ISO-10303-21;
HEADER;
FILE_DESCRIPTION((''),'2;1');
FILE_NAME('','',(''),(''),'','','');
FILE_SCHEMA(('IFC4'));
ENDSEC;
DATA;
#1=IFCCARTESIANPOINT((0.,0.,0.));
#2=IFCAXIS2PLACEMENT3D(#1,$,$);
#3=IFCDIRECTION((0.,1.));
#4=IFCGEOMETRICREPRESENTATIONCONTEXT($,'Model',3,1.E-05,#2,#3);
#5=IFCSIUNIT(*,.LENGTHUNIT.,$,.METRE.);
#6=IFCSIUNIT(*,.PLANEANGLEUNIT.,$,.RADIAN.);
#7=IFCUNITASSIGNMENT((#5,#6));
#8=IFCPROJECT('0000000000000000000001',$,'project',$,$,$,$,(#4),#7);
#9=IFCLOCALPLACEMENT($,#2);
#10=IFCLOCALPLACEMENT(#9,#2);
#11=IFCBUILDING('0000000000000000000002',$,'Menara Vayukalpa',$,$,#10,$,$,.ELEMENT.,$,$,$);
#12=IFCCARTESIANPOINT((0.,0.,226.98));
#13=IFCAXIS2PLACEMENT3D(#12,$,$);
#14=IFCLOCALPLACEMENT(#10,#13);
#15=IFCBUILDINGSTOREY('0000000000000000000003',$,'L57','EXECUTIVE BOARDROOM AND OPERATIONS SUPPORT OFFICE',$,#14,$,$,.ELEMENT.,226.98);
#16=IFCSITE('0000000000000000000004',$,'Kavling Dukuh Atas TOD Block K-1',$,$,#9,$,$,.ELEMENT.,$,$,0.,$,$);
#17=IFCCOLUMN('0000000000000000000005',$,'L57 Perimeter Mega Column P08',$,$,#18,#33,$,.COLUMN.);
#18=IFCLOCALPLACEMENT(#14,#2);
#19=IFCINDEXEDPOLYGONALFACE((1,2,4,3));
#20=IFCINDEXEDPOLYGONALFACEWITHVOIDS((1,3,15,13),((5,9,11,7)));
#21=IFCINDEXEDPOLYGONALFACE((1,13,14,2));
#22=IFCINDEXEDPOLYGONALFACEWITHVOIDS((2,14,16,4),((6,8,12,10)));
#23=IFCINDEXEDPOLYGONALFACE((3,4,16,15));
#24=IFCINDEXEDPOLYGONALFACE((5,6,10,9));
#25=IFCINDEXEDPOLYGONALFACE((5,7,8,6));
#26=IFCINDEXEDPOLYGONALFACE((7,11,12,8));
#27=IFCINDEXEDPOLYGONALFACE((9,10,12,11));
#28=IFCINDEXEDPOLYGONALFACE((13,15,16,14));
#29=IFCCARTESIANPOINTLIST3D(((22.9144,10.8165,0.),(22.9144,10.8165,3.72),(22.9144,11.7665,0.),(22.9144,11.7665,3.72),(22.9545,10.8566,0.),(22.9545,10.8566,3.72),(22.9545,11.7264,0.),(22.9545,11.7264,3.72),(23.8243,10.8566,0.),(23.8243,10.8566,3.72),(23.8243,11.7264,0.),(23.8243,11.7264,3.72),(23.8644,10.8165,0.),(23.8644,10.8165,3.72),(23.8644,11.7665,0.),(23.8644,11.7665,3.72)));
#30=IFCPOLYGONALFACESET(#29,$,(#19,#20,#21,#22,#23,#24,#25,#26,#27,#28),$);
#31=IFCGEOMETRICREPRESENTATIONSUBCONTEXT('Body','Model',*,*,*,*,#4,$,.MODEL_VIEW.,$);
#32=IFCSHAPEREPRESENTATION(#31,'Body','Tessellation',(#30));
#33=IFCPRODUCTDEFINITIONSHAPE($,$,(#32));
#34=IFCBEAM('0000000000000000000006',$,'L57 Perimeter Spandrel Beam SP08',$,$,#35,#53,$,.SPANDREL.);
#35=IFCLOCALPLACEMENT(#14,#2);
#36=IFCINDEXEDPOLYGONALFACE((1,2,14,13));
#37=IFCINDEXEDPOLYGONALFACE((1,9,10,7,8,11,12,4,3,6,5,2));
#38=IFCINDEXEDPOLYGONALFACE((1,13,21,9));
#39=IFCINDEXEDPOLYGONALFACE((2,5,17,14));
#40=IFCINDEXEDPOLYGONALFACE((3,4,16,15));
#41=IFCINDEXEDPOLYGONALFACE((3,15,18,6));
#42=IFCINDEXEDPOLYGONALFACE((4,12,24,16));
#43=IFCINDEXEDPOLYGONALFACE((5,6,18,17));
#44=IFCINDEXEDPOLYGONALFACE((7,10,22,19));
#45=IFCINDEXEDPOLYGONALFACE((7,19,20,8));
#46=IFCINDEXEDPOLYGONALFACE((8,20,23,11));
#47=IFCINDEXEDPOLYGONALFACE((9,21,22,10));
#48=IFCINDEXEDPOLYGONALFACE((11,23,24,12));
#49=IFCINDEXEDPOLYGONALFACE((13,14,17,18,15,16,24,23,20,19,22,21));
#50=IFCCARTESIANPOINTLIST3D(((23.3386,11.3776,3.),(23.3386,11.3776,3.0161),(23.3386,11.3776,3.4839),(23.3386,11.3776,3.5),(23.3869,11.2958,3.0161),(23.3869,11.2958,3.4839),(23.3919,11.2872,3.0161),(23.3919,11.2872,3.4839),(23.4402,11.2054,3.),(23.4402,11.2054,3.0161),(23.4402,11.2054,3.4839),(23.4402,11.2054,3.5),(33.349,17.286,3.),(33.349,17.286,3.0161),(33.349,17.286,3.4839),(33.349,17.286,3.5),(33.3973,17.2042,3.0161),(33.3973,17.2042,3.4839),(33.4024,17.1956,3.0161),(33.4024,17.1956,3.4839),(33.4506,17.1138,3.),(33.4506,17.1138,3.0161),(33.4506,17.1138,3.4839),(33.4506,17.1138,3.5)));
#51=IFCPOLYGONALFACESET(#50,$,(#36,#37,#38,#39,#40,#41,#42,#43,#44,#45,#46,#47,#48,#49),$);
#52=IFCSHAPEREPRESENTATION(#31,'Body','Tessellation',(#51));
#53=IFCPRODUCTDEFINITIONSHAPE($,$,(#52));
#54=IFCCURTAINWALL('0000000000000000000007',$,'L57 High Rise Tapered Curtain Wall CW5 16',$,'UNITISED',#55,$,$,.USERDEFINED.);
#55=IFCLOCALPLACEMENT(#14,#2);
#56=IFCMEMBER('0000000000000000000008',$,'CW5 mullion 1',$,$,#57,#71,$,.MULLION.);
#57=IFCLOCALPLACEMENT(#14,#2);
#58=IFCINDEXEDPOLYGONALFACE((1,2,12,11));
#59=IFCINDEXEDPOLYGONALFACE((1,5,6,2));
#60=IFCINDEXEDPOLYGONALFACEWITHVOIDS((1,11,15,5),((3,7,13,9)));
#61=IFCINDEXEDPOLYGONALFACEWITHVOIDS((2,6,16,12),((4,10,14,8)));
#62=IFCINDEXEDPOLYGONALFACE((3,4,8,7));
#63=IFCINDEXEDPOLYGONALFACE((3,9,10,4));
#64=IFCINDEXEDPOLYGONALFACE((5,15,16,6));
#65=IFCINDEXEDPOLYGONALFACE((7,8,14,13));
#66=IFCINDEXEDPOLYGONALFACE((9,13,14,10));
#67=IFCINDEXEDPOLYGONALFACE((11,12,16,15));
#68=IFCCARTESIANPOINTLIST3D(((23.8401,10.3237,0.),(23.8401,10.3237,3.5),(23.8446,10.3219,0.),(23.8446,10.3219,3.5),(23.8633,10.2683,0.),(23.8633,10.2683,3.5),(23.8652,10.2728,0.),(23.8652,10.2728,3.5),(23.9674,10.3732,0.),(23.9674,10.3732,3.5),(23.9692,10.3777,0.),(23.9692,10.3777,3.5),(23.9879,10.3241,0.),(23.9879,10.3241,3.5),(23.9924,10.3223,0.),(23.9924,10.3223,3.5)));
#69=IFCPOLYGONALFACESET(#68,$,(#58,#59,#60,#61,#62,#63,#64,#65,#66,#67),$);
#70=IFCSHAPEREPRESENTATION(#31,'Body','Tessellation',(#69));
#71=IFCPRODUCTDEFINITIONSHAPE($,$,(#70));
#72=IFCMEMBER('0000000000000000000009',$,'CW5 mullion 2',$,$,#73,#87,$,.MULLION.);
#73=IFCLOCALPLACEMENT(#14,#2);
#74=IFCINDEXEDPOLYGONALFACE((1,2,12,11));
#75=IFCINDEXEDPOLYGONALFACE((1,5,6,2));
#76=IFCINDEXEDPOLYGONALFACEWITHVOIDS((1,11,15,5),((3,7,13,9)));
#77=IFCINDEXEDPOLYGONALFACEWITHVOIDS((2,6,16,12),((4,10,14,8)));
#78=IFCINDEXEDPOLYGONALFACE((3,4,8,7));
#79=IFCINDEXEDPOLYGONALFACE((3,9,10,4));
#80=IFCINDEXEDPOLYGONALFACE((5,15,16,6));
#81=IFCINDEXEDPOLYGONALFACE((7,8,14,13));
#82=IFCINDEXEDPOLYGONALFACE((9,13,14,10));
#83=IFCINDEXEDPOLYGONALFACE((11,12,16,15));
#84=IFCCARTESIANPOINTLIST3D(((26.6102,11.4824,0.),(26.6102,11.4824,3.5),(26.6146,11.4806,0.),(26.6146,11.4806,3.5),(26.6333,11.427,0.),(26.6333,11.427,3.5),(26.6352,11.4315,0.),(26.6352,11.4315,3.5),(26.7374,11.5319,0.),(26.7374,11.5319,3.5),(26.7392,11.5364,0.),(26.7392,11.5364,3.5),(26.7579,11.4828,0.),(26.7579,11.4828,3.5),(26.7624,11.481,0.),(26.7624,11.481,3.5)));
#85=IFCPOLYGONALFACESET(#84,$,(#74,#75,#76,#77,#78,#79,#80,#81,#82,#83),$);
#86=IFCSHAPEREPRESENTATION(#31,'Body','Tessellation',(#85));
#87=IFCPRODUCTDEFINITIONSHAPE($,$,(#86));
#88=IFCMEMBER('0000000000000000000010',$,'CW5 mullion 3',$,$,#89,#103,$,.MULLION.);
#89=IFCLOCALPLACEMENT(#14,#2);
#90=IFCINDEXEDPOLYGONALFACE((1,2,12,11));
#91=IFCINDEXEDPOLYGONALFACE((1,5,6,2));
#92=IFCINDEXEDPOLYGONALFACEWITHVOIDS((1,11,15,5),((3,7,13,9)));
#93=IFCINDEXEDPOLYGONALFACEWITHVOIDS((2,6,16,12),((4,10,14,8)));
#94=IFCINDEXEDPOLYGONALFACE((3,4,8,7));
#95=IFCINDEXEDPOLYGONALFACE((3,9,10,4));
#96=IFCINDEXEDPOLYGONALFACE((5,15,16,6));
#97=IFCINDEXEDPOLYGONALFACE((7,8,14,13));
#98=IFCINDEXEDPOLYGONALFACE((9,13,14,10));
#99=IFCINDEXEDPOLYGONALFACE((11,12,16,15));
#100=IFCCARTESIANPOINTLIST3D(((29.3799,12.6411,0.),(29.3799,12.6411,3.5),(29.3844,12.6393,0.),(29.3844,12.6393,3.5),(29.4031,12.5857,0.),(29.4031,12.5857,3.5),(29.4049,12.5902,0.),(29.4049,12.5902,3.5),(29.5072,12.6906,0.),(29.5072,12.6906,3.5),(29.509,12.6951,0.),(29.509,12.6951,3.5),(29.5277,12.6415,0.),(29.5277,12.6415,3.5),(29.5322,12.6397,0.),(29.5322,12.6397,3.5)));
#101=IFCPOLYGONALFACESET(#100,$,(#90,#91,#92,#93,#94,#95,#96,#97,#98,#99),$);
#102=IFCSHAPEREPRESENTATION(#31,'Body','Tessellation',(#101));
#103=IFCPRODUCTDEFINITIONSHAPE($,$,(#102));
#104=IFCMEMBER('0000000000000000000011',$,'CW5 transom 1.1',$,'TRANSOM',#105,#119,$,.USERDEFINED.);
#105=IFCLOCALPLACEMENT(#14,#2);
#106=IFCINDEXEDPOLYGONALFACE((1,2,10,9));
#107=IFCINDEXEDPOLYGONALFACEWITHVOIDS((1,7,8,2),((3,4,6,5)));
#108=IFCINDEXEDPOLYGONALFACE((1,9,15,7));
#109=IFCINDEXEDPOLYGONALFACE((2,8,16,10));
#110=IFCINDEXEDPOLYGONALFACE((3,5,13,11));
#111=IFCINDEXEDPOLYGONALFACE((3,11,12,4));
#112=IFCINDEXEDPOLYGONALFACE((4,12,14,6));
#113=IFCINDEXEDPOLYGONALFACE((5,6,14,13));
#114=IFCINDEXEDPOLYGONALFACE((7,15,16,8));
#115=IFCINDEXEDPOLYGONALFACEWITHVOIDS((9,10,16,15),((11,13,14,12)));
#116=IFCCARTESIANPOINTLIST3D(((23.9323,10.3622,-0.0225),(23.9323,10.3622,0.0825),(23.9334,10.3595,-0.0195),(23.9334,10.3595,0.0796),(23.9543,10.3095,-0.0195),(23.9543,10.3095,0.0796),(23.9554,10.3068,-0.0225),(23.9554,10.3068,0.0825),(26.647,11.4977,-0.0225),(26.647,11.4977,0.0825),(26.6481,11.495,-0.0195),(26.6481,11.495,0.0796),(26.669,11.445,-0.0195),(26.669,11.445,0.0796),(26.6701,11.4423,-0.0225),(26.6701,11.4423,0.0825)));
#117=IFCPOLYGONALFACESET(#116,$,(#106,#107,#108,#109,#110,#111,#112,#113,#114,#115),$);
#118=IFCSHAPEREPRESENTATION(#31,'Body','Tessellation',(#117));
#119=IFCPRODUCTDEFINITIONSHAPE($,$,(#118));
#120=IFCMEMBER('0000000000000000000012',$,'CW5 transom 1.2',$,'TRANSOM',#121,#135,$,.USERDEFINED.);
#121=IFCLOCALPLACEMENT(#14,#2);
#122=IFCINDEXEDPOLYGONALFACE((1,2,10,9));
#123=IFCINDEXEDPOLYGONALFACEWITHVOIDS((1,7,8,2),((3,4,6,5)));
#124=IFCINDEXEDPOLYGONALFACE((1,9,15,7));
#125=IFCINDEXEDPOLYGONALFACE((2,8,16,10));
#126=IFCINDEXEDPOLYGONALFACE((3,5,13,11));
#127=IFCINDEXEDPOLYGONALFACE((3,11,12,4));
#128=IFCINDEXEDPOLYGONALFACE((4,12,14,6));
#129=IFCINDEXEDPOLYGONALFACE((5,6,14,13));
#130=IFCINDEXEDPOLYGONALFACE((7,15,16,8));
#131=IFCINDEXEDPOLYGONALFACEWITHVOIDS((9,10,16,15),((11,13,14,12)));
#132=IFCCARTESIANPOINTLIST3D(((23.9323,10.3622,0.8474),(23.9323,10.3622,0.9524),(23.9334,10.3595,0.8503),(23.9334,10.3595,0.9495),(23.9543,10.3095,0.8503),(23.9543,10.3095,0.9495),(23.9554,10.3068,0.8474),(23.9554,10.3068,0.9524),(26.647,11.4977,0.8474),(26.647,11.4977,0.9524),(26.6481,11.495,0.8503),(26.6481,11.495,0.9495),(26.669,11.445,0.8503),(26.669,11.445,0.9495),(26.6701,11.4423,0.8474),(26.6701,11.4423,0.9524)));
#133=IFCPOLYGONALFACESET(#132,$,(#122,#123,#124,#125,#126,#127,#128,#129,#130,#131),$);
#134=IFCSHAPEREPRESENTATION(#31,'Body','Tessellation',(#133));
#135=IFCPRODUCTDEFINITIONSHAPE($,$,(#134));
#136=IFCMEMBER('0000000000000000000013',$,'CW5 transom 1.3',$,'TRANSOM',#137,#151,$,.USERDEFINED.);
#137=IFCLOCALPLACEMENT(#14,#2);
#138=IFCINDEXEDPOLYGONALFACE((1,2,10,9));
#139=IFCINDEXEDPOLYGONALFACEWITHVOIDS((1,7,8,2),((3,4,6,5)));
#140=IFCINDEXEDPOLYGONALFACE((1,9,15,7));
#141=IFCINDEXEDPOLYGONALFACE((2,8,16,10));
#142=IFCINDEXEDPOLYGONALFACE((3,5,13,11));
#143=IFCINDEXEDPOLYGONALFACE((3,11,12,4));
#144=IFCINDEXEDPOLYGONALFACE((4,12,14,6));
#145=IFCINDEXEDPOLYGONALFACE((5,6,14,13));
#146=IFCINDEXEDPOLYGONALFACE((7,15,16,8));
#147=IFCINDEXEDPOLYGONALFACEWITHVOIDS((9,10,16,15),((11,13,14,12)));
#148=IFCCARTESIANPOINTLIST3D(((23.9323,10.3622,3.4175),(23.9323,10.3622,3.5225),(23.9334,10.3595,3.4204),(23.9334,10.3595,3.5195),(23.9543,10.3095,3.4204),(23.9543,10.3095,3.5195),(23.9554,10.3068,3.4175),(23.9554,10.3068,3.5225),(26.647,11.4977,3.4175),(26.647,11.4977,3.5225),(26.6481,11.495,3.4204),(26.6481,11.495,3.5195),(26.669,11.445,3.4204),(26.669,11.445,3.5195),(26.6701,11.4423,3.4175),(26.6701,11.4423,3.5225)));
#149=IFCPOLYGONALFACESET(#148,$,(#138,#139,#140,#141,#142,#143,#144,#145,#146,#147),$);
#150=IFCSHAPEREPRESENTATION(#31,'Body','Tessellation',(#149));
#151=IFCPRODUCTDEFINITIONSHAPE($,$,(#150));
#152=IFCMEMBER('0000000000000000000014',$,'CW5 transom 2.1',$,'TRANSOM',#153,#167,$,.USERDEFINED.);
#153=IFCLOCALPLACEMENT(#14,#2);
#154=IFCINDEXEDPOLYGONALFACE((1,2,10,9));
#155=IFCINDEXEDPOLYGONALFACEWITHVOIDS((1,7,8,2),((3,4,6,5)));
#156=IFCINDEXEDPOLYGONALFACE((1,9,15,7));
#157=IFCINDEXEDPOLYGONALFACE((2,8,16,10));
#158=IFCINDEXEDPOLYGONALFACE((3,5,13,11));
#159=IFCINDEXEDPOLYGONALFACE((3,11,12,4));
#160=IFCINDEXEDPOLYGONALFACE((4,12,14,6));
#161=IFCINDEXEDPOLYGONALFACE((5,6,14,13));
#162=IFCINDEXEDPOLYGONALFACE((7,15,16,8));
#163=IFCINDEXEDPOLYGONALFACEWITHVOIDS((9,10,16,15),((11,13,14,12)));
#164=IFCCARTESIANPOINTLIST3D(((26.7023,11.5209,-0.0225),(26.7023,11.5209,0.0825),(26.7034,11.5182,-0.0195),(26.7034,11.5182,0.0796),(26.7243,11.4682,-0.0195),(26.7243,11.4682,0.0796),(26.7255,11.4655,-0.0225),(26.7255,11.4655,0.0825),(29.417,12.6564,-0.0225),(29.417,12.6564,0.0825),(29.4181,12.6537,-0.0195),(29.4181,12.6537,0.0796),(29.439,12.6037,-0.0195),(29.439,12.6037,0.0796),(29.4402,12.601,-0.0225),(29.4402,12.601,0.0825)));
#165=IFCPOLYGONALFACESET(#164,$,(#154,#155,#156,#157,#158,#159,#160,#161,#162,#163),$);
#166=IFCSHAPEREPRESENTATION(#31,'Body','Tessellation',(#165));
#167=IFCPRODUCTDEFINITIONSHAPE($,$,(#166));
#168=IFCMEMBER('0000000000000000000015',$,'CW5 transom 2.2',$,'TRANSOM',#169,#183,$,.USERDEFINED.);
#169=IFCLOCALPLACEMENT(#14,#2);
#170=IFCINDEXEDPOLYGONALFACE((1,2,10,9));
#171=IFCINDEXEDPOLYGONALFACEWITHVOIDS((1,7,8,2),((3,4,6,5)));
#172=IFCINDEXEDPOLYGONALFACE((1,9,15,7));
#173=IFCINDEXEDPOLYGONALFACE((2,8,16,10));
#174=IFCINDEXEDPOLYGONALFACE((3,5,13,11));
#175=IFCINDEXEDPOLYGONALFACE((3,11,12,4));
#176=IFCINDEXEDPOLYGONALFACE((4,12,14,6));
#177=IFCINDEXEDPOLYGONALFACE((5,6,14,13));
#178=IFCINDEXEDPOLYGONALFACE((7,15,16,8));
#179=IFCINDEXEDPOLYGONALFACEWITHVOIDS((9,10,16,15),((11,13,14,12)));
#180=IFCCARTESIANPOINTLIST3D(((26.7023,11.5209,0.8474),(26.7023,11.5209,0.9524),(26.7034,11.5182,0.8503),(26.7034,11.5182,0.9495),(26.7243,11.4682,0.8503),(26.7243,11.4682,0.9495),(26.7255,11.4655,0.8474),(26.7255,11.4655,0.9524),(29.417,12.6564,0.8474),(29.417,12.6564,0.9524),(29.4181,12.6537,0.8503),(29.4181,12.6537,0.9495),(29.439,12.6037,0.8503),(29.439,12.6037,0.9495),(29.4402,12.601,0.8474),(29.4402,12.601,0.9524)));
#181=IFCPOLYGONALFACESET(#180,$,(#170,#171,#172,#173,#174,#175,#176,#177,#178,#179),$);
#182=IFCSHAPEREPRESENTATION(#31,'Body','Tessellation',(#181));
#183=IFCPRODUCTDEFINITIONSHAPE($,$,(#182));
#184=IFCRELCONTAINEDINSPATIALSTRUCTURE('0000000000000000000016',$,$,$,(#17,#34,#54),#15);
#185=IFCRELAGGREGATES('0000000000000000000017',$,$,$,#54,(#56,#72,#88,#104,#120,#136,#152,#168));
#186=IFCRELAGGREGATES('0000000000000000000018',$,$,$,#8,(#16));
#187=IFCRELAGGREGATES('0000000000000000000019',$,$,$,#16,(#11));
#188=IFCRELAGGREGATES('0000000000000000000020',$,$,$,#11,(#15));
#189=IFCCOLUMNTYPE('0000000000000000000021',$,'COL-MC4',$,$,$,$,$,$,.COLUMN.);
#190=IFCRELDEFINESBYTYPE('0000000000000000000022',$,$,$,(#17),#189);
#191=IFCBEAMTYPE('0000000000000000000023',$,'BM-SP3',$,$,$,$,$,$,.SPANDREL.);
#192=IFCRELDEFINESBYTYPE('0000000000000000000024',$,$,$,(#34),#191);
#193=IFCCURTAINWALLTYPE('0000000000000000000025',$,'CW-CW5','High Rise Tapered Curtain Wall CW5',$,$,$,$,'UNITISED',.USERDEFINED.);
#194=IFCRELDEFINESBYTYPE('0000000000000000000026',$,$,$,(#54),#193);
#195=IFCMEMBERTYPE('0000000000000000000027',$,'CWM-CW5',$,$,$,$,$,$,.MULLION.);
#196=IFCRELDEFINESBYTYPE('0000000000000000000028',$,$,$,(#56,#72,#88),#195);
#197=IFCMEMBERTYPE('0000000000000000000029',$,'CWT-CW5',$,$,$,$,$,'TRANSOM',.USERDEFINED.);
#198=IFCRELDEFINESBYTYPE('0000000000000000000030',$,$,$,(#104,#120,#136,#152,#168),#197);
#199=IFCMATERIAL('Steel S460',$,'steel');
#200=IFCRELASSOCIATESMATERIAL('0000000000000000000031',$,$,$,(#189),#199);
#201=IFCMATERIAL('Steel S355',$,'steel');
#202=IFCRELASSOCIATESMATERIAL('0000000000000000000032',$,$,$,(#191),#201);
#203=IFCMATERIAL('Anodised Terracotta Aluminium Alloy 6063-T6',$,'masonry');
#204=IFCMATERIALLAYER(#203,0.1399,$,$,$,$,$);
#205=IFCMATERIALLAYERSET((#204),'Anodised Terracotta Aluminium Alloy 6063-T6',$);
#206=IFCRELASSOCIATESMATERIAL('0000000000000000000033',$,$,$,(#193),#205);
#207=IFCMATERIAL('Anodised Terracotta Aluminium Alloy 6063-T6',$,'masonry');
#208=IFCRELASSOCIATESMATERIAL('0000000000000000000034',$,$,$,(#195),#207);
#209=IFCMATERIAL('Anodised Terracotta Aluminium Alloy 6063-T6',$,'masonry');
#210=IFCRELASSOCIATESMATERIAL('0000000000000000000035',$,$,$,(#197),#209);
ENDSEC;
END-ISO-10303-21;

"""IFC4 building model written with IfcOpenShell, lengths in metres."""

from ifc_helpers import new_model, si_unit, direction, frame, origin, origin_2d, place, context, subcontext, project, spatial, hollow_rectangle, i_section, extrude, material, layer, layer_set, material_profile, profile_set, type_object, element, aggregate, save


model = new_model("IFC4")

# Units and contexts
model_context = context("Model", 3, precision=1e-05, world=origin(), true_north=direction((0.0, 1.0)))
body_context = subcontext(model_context, "Body", "Model", "MODEL_VIEW")
ifc_project = project(units=[si_unit("LENGTHUNIT", "METRE"), si_unit("PLANEANGLEUNIT", "RADIAN")], contexts=[model_context])

# Site, building, storey
site_placement = place(None, origin())
site = spatial("IfcSite", under=ifc_project, at=site_placement, Name="Kavling Dukuh Atas TOD Block K-1", CompositionType="ELEMENT", RefElevation=0.0)
building_placement = place(site_placement, origin())
building = spatial("IfcBuilding", under=site, at=building_placement, Name="Menara Vayukalpa", CompositionType="ELEMENT")
storey_placement = place(building_placement, frame((0.0, 0.0, 226.98)))
storey = spatial("IfcBuildingStorey", under=building, at=storey_placement, Name="L57", Description="EXECUTIVE BOARDROOM AND OPERATIONS SUPPORT OFFICE", CompositionType="ELEMENT", Elevation=226.98)

# Column
ifc_material_1 = material(Name="Steel S460", Category="steel")
ifc_material_profile_1 = material_profile(ifc_material_1, hollow_rectangle(XDim=0.95, YDim=0.95, WallThickness=0.04, at=origin_2d()), Name="BOX 950x950x40")
ifc_profile_set_1 = profile_set([ifc_material_profile_1], Name="Steel S460")
column_type = type_object("IfcColumnType", Name="COL-MC4", PredefinedType="COLUMN", material=ifc_profile_set_1)
column_placement = place(storey_placement, frame((23.3894, 11.2915, 0.0), z_axis=(0.0, 0.0, 1.0), x_axis=(1.0, 0.0, 0.0)))
element("IfcColumn", 1, at=column_placement, inside=storey, type_object=column_type, Name="L57 Perimeter Mega Column P08", PredefinedType="COLUMN", context=body_context, shape_type="SweptSolid", body=[
    extrude(hollow_rectangle(XDim=0.95, YDim=0.95, WallThickness=0.04, at=origin_2d()), origin(), (0.0, 0.0, 1.0), 3.72),
])

# Beam
ifc_material_2 = material(Name="Steel S355", Category="steel")
ifc_material_profile_2 = material_profile(ifc_material_2, i_section(OverallWidth=0.2, OverallDepth=0.5, WebThickness=0.01, FlangeThickness=0.0161, at=origin_2d()), Name="WF 500x200x10x16")
ifc_profile_set_2 = profile_set([ifc_material_profile_2], Name="Steel S355")
beam_type = type_object("IfcBeamType", Name="BM-SP3", PredefinedType="SPANDREL", material=ifc_profile_set_2)
beam_placement = place(storey_placement, frame((23.3894, 11.2915, 3.25), z_axis=(0.861184, 0.508293, 0.0), x_axis=(-0.508293, 0.861184, 0.0)))
element("IfcBeam", 2, at=beam_placement, inside=storey, type_object=beam_type, Name="L57 Perimeter Spandrel Beam SP08", PredefinedType="SPANDREL", context=body_context, shape_type="SweptSolid", body=[
    extrude(i_section(OverallWidth=0.2, OverallDepth=0.5, WebThickness=0.01, FlangeThickness=0.0161, at=origin_2d()), origin(), (0.0, 0.0, 1.0), 11.624),
])

# Curtain wall, members
ifc_material_3 = material(Name="Anodised Terracotta Aluminium Alloy 6063-T6", Category="masonry")
ifc_layer_1 = layer(ifc_material_3, 0.1399)
ifc_layer_set_1 = layer_set([ifc_layer_1], Name="Anodised Terracotta Aluminium Alloy 6063-T6")
curtain_wall_type = type_object("IfcCurtainWallType", Name="CW-CW5", Description="High Rise Tapered Curtain Wall CW5", ElementType="UNITISED", PredefinedType="USERDEFINED", material=ifc_layer_set_1)
curtain_wall_placement = place(storey_placement, origin())
curtain_wall = element("IfcCurtainWall", 3, at=curtain_wall_placement, inside=storey, type_object=curtain_wall_type, Name="L57 High Rise Tapered Curtain Wall CW5 16", ObjectType="UNITISED", PredefinedType="USERDEFINED")
ifc_material_4 = material(Name="Anodised Terracotta Aluminium Alloy 6063-T6", Category="masonry")
ifc_material_profile_3 = material_profile(ifc_material_4, hollow_rectangle(XDim=0.0601, YDim=0.1399, WallThickness=0.0034, at=origin_2d()), Name="ALU 60x140x3.5")
ifc_profile_set_3 = profile_set([ifc_material_profile_3], Name="Anodised Terracotta Aluminium Alloy 6063-T6")
member_type_1 = type_object("IfcMemberType", Name="CWM-CW5", PredefinedType="MULLION", material=ifc_profile_set_3)
member_1_placement = place(storey_placement, frame((23.9163, 10.323, 0.0), z_axis=(0.0, 0.0, 1.0), x_axis=(-0.385903, 0.922539, 0.0)))
member_1 = element("IfcMember", 4, at=member_1_placement, type_object=member_type_1, Name="CW5 mullion 1", PredefinedType="MULLION", context=body_context, shape_type="SweptSolid", body=[
    extrude(hollow_rectangle(XDim=0.0601, YDim=0.1399, WallThickness=0.0034, at=origin_2d()), origin(), (0.0, 0.0, 1.0), 3.5),
])
member_2_placement = place(storey_placement, frame((26.6863, 11.4817, 0.0), z_axis=(0.0, 0.0, 1.0), x_axis=(-0.385903, 0.922539, 0.0)))
member_2 = element("IfcMember", 5, at=member_2_placement, type_object=member_type_1, Name="CW5 mullion 2", PredefinedType="MULLION", context=body_context, shape_type="SweptSolid", body=[
    extrude(hollow_rectangle(XDim=0.0601, YDim=0.1399, WallThickness=0.0034, at=origin_2d()), origin(), (0.0, 0.0, 1.0), 3.5),
])
member_3_placement = place(storey_placement, frame((29.4561, 12.6404, 0.0), z_axis=(0.0, 0.0, 1.0), x_axis=(-0.385903, 0.922539, 0.0)))
member_3 = element("IfcMember", 6, at=member_3_placement, type_object=member_type_1, Name="CW5 mullion 3", PredefinedType="MULLION", context=body_context, shape_type="SweptSolid", body=[
    extrude(hollow_rectangle(XDim=0.0601, YDim=0.1399, WallThickness=0.0034, at=origin_2d()), origin(), (0.0, 0.0, 1.0), 3.5),
])
ifc_material_5 = material(Name="Anodised Terracotta Aluminium Alloy 6063-T6", Category="masonry")
ifc_material_profile_4 = material_profile(ifc_material_5, hollow_rectangle(XDim=0.0601, YDim=0.105, WallThickness=0.0029, at=origin_2d()), Name="ALU 60x105x3")
ifc_profile_set_4 = profile_set([ifc_material_profile_4], Name="Anodised Terracotta Aluminium Alloy 6063-T6")
member_type_2 = type_object("IfcMemberType", Name="CWT-CW5", ElementType="TRANSOM", PredefinedType="USERDEFINED", material=ifc_profile_set_4)
member_4_placement = place(storey_placement, frame((23.9438, 10.3345, 0.03), z_axis=(0.922543, 0.385893, 0.0), x_axis=(-0.385893, 0.922543, 0.0)))
member_4 = element("IfcMember", 7, at=member_4_placement, type_object=member_type_2, Name="CW5 transom 1.1", ObjectType="TRANSOM", PredefinedType="USERDEFINED", context=body_context, shape_type="SweptSolid", body=[
    extrude(hollow_rectangle(XDim=0.0601, YDim=0.105, WallThickness=0.0029, at=origin_2d()), origin(), (0.0, 0.0, 1.0), 2.9426),
])
member_5_placement = place(storey_placement, frame((23.9438, 10.3345, 0.8999), z_axis=(0.922543, 0.385893, 0.0), x_axis=(-0.385893, 0.922543, 0.0)))
member_5 = element("IfcMember", 8, at=member_5_placement, type_object=member_type_2, Name="CW5 transom 1.2", ObjectType="TRANSOM", PredefinedType="USERDEFINED", context=body_context, shape_type="SweptSolid", body=[
    extrude(hollow_rectangle(XDim=0.0601, YDim=0.105, WallThickness=0.0029, at=origin_2d()), origin(), (0.0, 0.0, 1.0), 2.9426),
])
member_6_placement = place(storey_placement, frame((23.9438, 10.3345, 3.47), z_axis=(0.922543, 0.385893, 0.0), x_axis=(-0.385893, 0.922543, 0.0)))
member_6 = element("IfcMember", 9, at=member_6_placement, type_object=member_type_2, Name="CW5 transom 1.3", ObjectType="TRANSOM", PredefinedType="USERDEFINED", context=body_context, shape_type="SweptSolid", body=[
    extrude(hollow_rectangle(XDim=0.0601, YDim=0.105, WallThickness=0.0029, at=origin_2d()), origin(), (0.0, 0.0, 1.0), 2.9426),
])
member_7_placement = place(storey_placement, frame((26.7139, 11.4932, 0.03), z_axis=(0.922543, 0.385893, 0.0), x_axis=(-0.385893, 0.922543, 0.0)))
member_7 = element("IfcMember", 10, at=member_7_placement, type_object=member_type_2, Name="CW5 transom 2.1", ObjectType="TRANSOM", PredefinedType="USERDEFINED", context=body_context, shape_type="SweptSolid", body=[
    extrude(hollow_rectangle(XDim=0.0601, YDim=0.105, WallThickness=0.0029, at=origin_2d()), origin(), (0.0, 0.0, 1.0), 2.9426),
])
member_8_placement = place(storey_placement, frame((26.7139, 11.4932, 0.8999), z_axis=(0.922543, 0.385893, 0.0), x_axis=(-0.385893, 0.922543, 0.0)))
member_8 = element("IfcMember", 11, at=member_8_placement, type_object=member_type_2, Name="CW5 transom 2.2", ObjectType="TRANSOM", PredefinedType="USERDEFINED", context=body_context, shape_type="SweptSolid", body=[
    extrude(hollow_rectangle(XDim=0.0601, YDim=0.105, WallThickness=0.0029, at=origin_2d()), origin(), (0.0, 0.0, 1.0), 2.9426),
])
aggregate(curtain_wall, [member_1, member_2, member_3, member_4, member_5, member_6, member_7, member_8])

save(model, "model.ifc")
